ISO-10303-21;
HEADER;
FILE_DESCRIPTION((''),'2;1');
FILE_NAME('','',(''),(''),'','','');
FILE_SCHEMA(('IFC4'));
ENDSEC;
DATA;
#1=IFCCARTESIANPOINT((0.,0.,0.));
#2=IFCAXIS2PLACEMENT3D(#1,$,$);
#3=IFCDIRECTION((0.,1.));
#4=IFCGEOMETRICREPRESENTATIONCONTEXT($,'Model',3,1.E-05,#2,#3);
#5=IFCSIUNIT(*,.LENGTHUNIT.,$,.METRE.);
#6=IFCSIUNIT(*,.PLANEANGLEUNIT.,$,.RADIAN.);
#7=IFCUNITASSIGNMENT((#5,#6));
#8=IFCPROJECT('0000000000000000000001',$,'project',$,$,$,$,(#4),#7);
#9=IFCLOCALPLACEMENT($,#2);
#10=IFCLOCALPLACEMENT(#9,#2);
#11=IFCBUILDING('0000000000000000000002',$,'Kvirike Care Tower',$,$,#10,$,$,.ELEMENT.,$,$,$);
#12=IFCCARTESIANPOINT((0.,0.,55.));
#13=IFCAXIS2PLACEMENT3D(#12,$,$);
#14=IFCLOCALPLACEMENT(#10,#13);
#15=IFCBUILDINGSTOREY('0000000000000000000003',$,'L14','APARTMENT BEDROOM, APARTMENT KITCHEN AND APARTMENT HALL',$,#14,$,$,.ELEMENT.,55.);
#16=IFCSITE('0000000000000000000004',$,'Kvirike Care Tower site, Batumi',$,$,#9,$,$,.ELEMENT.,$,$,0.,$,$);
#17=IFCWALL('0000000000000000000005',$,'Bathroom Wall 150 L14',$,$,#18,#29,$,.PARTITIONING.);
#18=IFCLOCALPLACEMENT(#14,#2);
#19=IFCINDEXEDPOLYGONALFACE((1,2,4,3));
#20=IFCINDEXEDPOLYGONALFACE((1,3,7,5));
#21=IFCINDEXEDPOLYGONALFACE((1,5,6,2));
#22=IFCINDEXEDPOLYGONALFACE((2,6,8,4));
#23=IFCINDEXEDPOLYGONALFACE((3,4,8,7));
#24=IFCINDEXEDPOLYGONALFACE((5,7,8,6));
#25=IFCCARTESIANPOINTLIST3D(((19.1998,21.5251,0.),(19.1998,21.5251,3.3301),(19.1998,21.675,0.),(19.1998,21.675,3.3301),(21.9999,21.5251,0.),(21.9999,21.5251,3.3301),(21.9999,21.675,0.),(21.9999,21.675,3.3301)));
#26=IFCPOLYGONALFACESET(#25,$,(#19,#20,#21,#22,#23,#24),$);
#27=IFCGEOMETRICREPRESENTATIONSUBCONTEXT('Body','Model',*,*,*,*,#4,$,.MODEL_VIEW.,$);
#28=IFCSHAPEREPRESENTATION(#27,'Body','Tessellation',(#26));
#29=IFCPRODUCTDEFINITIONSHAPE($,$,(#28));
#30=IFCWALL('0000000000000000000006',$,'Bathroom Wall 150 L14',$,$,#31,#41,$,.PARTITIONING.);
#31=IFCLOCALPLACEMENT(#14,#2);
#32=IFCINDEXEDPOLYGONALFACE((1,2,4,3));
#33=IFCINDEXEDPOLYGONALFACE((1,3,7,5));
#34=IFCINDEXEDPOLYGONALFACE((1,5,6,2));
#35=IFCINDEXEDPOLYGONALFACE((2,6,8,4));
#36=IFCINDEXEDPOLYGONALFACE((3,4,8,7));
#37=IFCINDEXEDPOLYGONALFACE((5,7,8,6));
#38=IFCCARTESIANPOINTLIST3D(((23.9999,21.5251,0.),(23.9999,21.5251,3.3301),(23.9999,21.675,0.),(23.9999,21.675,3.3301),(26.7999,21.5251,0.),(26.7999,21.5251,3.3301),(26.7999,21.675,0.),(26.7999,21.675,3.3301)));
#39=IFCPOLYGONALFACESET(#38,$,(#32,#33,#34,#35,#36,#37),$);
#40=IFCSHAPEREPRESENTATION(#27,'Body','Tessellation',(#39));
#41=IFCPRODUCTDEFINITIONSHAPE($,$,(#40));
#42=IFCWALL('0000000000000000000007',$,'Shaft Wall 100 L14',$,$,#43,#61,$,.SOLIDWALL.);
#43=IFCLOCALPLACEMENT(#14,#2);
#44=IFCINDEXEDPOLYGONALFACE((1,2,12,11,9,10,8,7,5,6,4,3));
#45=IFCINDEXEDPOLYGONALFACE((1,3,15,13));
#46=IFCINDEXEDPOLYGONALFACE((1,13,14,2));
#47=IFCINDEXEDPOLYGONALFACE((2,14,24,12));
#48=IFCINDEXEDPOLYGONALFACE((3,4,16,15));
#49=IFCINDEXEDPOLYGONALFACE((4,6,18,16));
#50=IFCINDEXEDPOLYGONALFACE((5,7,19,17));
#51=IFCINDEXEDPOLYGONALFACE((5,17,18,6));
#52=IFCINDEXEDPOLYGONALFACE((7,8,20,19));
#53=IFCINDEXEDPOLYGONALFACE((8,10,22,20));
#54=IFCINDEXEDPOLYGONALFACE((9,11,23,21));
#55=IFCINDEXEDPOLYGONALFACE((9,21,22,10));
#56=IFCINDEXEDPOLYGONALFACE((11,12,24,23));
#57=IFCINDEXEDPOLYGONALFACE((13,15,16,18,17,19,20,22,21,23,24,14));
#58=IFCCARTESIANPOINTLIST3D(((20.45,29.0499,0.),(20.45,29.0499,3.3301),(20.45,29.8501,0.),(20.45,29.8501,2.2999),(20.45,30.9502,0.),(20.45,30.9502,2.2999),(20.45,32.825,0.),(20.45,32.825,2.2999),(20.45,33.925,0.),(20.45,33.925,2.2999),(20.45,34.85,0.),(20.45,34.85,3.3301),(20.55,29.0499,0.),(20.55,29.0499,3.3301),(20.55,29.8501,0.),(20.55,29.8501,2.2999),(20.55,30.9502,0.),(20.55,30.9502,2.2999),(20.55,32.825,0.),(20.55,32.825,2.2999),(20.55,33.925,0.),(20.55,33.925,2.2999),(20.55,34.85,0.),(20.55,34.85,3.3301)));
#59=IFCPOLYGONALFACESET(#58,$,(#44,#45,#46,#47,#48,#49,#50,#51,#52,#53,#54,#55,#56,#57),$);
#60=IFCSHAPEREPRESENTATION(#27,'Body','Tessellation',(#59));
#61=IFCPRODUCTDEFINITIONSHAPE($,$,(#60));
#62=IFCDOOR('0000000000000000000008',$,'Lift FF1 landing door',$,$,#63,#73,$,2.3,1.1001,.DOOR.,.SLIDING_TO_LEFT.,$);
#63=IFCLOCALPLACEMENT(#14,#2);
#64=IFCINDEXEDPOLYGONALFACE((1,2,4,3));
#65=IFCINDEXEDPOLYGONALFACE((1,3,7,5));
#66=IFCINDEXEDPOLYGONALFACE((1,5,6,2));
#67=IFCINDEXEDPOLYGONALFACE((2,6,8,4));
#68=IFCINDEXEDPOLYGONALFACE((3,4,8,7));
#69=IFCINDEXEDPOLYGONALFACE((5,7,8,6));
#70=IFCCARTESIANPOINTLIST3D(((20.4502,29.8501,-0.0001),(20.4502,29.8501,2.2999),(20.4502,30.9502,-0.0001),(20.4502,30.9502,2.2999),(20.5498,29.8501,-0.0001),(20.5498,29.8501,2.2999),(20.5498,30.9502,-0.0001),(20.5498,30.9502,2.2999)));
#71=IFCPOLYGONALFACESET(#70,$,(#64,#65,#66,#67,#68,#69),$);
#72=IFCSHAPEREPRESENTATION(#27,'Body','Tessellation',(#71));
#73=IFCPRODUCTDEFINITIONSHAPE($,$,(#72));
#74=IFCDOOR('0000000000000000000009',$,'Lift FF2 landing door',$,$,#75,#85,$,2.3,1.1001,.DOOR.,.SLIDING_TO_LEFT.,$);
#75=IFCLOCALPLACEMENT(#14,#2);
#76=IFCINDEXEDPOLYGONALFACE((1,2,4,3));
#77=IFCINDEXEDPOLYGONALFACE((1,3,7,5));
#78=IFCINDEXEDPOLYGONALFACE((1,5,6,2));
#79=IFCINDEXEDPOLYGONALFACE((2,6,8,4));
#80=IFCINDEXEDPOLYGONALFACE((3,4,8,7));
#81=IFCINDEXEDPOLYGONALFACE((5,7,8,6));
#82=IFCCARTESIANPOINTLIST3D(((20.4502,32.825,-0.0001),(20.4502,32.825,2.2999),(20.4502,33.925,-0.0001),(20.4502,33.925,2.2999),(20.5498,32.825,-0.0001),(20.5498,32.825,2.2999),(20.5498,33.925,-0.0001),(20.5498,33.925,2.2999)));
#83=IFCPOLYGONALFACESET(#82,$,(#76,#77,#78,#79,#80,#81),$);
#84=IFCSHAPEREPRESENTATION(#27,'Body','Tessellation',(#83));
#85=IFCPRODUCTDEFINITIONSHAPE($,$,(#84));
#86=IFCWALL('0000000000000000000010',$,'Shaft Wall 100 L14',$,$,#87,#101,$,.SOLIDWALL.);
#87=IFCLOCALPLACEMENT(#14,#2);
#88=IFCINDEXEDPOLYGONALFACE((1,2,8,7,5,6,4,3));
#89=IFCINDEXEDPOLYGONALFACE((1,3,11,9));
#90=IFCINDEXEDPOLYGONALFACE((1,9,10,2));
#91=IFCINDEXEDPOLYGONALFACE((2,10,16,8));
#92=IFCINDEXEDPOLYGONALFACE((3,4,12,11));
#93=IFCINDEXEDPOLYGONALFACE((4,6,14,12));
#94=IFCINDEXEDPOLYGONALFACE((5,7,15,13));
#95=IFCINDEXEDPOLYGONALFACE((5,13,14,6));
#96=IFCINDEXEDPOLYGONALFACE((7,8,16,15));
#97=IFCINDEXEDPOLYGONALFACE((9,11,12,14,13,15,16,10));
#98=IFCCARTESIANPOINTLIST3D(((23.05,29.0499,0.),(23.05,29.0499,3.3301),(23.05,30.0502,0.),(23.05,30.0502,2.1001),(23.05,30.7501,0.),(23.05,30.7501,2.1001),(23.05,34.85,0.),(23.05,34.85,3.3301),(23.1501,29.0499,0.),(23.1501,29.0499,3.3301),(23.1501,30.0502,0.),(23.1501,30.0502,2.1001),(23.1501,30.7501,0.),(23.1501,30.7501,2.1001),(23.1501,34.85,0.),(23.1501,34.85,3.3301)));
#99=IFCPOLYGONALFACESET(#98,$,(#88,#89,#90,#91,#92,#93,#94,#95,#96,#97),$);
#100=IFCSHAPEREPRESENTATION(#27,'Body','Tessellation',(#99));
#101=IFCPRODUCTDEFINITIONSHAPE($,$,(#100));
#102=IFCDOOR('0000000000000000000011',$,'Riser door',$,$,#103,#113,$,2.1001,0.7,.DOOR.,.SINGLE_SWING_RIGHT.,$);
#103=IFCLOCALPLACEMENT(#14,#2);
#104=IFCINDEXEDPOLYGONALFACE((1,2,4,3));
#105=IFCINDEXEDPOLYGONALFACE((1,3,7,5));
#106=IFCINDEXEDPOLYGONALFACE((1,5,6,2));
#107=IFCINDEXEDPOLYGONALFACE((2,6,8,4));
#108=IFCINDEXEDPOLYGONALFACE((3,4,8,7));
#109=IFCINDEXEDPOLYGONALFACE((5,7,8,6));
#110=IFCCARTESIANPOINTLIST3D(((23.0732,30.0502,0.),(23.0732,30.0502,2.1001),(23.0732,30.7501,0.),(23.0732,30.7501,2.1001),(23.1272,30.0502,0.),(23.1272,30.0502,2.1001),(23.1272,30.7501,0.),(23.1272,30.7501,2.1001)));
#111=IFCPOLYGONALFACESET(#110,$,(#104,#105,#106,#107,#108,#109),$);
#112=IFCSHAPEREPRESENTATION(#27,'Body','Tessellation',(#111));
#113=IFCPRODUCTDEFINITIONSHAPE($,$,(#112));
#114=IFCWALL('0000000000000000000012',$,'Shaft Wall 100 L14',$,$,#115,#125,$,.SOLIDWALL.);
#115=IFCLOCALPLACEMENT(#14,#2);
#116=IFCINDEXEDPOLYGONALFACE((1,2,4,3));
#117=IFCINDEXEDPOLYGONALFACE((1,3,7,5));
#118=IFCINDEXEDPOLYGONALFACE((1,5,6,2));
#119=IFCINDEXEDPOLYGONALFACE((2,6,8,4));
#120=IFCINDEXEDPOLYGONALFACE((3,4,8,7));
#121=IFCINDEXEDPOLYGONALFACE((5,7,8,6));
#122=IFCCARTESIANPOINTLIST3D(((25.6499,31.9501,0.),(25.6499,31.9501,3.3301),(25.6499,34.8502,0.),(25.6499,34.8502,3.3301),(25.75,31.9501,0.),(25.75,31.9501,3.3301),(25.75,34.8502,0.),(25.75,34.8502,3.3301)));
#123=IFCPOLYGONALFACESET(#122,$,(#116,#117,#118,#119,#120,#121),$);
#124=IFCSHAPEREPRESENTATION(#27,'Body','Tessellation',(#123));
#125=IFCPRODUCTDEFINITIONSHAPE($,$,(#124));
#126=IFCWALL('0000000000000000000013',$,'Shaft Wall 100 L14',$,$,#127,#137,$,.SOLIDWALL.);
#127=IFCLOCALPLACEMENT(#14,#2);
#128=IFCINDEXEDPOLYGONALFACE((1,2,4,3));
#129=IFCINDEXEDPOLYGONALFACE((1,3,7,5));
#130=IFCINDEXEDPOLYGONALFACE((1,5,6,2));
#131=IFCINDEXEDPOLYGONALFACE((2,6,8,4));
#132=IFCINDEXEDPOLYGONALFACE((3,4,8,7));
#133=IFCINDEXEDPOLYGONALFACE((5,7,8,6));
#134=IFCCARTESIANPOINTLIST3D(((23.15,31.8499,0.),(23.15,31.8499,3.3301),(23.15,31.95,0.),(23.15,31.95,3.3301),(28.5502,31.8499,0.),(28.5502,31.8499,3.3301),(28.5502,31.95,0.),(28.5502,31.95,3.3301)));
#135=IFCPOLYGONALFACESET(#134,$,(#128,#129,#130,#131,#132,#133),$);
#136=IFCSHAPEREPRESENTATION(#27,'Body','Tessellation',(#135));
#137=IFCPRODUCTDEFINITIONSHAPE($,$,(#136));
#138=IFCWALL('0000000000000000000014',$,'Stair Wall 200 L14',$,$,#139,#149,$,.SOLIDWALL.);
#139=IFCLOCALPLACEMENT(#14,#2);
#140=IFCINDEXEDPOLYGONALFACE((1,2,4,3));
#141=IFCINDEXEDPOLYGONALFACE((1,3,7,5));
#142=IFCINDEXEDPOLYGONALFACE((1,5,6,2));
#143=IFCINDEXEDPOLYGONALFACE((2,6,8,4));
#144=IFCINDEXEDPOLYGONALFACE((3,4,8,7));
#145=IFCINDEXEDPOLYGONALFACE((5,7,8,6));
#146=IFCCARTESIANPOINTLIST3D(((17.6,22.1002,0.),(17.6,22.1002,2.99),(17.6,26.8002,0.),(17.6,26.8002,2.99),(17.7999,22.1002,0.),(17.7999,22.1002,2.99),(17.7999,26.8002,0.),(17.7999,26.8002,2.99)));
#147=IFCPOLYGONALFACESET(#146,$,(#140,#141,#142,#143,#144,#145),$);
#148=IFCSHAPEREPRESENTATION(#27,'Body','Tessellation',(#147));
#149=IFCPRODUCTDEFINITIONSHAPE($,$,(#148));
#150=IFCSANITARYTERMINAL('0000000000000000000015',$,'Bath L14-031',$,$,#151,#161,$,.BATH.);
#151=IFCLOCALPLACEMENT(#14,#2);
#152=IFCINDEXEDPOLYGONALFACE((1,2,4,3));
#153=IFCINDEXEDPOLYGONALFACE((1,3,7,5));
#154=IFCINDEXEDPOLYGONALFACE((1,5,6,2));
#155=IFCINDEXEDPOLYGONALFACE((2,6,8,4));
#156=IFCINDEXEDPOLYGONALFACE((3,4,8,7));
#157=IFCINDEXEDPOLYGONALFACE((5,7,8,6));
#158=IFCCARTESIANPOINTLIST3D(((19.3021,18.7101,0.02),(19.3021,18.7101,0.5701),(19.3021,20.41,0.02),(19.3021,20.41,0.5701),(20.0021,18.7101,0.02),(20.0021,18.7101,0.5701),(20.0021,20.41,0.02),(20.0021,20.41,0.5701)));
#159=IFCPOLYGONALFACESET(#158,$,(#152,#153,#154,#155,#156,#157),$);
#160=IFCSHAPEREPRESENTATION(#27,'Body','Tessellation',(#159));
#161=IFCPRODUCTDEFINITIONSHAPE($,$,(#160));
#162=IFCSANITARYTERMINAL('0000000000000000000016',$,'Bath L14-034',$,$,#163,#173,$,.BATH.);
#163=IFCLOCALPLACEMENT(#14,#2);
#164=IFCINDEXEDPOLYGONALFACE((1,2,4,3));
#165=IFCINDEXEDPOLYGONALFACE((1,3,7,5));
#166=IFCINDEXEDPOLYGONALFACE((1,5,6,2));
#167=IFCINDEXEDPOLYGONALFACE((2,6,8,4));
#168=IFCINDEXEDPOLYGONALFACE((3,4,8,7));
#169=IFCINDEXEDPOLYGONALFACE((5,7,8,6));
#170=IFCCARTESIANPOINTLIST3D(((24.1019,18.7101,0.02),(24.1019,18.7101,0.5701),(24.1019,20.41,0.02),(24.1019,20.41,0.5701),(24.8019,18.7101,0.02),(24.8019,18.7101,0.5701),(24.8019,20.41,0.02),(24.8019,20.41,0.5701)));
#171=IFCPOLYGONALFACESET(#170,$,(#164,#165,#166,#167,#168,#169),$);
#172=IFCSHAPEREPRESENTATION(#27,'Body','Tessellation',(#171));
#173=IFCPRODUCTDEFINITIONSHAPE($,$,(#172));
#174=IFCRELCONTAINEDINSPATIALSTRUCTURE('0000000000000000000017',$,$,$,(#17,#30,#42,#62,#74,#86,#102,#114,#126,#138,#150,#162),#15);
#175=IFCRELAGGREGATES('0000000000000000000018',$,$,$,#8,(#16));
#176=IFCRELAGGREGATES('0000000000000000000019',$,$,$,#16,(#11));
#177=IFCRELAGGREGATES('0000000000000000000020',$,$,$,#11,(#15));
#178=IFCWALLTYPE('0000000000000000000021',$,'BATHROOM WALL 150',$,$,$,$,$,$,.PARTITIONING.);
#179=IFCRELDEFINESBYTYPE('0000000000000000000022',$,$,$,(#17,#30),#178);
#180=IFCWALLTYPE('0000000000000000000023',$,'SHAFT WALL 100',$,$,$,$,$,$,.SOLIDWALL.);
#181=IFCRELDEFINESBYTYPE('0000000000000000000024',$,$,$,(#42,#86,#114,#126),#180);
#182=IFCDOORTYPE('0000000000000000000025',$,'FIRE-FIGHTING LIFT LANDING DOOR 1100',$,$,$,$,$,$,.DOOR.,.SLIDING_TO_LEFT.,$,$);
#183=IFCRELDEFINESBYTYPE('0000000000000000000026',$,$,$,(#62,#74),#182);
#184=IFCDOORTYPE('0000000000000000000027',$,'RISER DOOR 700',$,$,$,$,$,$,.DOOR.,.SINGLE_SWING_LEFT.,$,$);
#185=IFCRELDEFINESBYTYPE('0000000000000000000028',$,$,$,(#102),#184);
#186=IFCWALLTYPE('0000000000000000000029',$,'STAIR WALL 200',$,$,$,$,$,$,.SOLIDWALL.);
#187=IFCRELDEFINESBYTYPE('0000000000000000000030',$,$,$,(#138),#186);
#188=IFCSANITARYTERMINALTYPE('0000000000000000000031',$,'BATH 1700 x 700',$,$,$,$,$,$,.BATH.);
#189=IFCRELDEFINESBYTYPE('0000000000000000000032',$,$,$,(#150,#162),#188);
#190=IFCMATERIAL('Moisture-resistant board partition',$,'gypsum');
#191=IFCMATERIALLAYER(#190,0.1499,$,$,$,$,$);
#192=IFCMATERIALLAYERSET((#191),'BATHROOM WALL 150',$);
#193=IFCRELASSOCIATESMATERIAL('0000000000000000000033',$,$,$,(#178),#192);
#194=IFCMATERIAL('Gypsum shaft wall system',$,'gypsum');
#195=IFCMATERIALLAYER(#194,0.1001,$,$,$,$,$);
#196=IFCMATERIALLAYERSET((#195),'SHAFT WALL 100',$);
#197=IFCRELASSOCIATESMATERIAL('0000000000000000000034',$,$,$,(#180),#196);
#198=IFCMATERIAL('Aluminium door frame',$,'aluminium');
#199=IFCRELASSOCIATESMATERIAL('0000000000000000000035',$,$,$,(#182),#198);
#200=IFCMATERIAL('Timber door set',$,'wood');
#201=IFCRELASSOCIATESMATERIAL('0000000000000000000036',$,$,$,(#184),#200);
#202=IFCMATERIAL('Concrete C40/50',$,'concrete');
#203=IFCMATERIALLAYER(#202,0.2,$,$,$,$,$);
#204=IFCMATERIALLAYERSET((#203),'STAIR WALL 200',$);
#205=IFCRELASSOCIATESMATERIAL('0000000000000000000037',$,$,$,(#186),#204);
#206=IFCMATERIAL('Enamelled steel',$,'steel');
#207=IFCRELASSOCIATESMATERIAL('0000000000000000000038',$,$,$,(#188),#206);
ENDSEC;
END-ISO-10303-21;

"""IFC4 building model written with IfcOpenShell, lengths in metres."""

from ifc_helpers import new_model, si_unit, direction, frame, frame_2d, origin, origin_2d, place, context, subcontext, project, spatial, rectangle, extrude, material, layer, layer_set, type_object, element, fill, save


model = new_model("IFC4")

# Units and contexts
model_context = context("Model", 3, precision=1e-05, world=origin(), true_north=direction((0.0, 1.0)))
body_context = subcontext(model_context, "Body", "Model", "MODEL_VIEW")
ifc_project = project(units=[si_unit("LENGTHUNIT", "METRE"), si_unit("PLANEANGLEUNIT", "RADIAN")], contexts=[model_context])

# Site, building, storey
site_placement = place(None, origin())
site = spatial("IfcSite", under=ifc_project, at=site_placement, Name="Kvirike Care Tower site, Batumi", CompositionType="ELEMENT", RefElevation=0.0)
building_placement = place(site_placement, origin())
building = spatial("IfcBuilding", under=site, at=building_placement, Name="Kvirike Care Tower", CompositionType="ELEMENT")
storey_placement = place(building_placement, frame((0.0, 0.0, 55.0)))
storey = spatial("IfcBuildingStorey", under=building, at=storey_placement, Name="L14", Description="APARTMENT BEDROOM, APARTMENT KITCHEN AND APARTMENT HALL", CompositionType="ELEMENT", Elevation=55.0)

# Walls
ifc_material_1 = material(Name="Moisture-resistant board partition", Category="gypsum")
ifc_layer_1 = layer(ifc_material_1, 0.1499)
ifc_layer_set_1 = layer_set([ifc_layer_1], Name="BATHROOM WALL 150")
wall_type_1 = type_object("IfcWallType", Name="BATHROOM WALL 150", PredefinedType="PARTITIONING", material=ifc_layer_set_1)
for number, where, z_axis, x_axis, name in (
    (1, (19.2, 21.6001, 0.0), (0.0, 0.0, 1.0), (1.0, 0.0, 0.0), "Bathroom Wall 150 L14"),
    (2, (24.0, 21.6001, 0.0), (0.0, 0.0, 1.0), (1.0, 0.0, 0.0), "Bathroom Wall 150 L14"),
):
    element("IfcWall", number, at=place(storey_placement, frame(where, z_axis=z_axis, x_axis=x_axis)), inside=storey, type_object=wall_type_1, Name=name, PredefinedType="PARTITIONING", context=body_context, shape_type="SweptSolid", body=[
        extrude(rectangle(XDim=2.8, YDim=0.1499, at=frame_2d((1.3999, 0.0))), origin(), (0.0, 0.0, 1.0), 3.3301),
    ])

# Wall, openings, doors
ifc_material_2 = material(Name="Gypsum shaft wall system", Category="gypsum")
ifc_layer_2 = layer(ifc_material_2, 0.1001)
ifc_layer_set_2 = layer_set([ifc_layer_2], Name="SHAFT WALL 100")
wall_type_2 = type_object("IfcWallType", Name="SHAFT WALL 100", PredefinedType="SOLIDWALL", material=ifc_layer_set_2)
wall_1_placement = place(storey_placement, frame((20.5, 29.05, 0.0), z_axis=(0.0, 0.0, 1.0), x_axis=(0.0, 1.0, 0.0)))
wall_1 = element("IfcWall", 3, at=wall_1_placement, inside=storey, type_object=wall_type_2, Name="Shaft Wall 100 L14", PredefinedType="SOLIDWALL", context=body_context, shape_type="SweptSolid", body=[
    extrude(rectangle(XDim=5.8, YDim=0.1001, at=frame_2d((2.8999, 0.0))), origin(), (0.0, 0.0, 1.0), 3.3301),
])
opening_1_placement = place(wall_1_placement, frame((0.8, 0.0, 0.0)))
opening_1 = element("IfcOpeningElement", 4, at=opening_1_placement, cuts=wall_1, PredefinedType="OPENING", context=body_context, shape_type="SweptSolid", body=[
    extrude(rectangle(XDim=1.1001, YDim=2.3, at=frame_2d((0.55, 1.1499))), frame((0.0, 0.0605, 0.0), z_axis=(0.0, -1.0, 0.0), x_axis=(1.0, 0.0, 0.0)), (0.0, 0.0, 1.0), 0.1211),
])
opening_2_placement = place(wall_1_placement, frame((3.7749, 0.0, 0.0)))
opening_2 = element("IfcOpeningElement", 5, at=opening_2_placement, cuts=wall_1, PredefinedType="OPENING", context=body_context, shape_type="SweptSolid", body=[
    extrude(rectangle(XDim=1.1001, YDim=2.3, at=frame_2d((0.55, 1.1499))), frame((0.0, 0.0605, 0.0), z_axis=(0.0, -1.0, 0.0), x_axis=(1.0, 0.0, 0.0)), (0.0, 0.0, 1.0), 0.1211),
])
ifc_material_3 = material(Name="Aluminium door frame", Category="aluminium")
door_type_1 = type_object("IfcDoorType", Name="FIRE-FIGHTING LIFT LANDING DOOR 1100", OperationType="SLIDING_TO_LEFT", PredefinedType="DOOR", material=ifc_material_3)
door_1_placement = place(opening_1_placement, origin())
door_1 = element("IfcDoor", 6, at=door_1_placement, inside=storey, type_object=door_type_1, Name="Lift FF1 landing door", OperationType="SLIDING_TO_LEFT", OverallHeight=2.3, OverallWidth=1.1001, PredefinedType="DOOR", context=body_context, shape_type="SweptSolid", body=[
    extrude(rectangle(XDim=1.1001, YDim=2.3, at=frame_2d((0.55, 1.1499))), frame((0.0, 0.0498, 0.0), z_axis=(0.0, -1.0, 0.0), x_axis=(1.0, 0.0, 0.0)), (0.0, 0.0, 1.0), 0.0996),
])
fill(opening_1, door_1)
door_2_placement = place(opening_2_placement, origin())
door_2 = element("IfcDoor", 7, at=door_2_placement, inside=storey, type_object=door_type_1, Name="Lift FF2 landing door", OperationType="SLIDING_TO_LEFT", OverallHeight=2.3, OverallWidth=1.1001, PredefinedType="DOOR", context=body_context, shape_type="SweptSolid", body=[
    extrude(rectangle(XDim=1.1001, YDim=2.3, at=frame_2d((0.55, 1.1499))), frame((0.0, 0.0498, 0.0), z_axis=(0.0, -1.0, 0.0), x_axis=(1.0, 0.0, 0.0)), (0.0, 0.0, 1.0), 0.0996),
])
fill(opening_2, door_2)

# Wall, opening, door
wall_2_placement = place(storey_placement, frame((23.1001, 29.05, 0.0), z_axis=(0.0, 0.0, 1.0), x_axis=(0.0, 1.0, 0.0)))
wall_2 = element("IfcWall", 8, at=wall_2_placement, inside=storey, type_object=wall_type_2, Name="Shaft Wall 100 L14", PredefinedType="SOLIDWALL", context=body_context, shape_type="SweptSolid", body=[
    extrude(rectangle(XDim=5.8, YDim=0.1001, at=frame_2d((2.8999, 0.0))), origin(), (0.0, 0.0, 1.0), 3.3301),
])
opening_3_placement = place(wall_2_placement, frame((1.0, 0.0, 0.0)))
opening_3 = element("IfcOpeningElement", 9, at=opening_3_placement, cuts=wall_2, PredefinedType="OPENING", context=body_context, shape_type="SweptSolid", body=[
    extrude(rectangle(XDim=0.7, YDim=2.1001, at=frame_2d((0.3501, 1.05))), frame((0.0, 0.0605, 0.0), z_axis=(0.0, -1.0, 0.0), x_axis=(1.0, 0.0, 0.0)), (0.0, 0.0, 1.0), 0.1211),
])
ifc_material_4 = material(Name="Timber door set", Category="wood")
door_type_2 = type_object("IfcDoorType", Name="RISER DOOR 700", OperationType="SINGLE_SWING_LEFT", PredefinedType="DOOR", material=ifc_material_4)
door_3_placement = place(opening_3_placement, origin())
door_3 = element("IfcDoor", 10, at=door_3_placement, inside=storey, type_object=door_type_2, Name="Riser door", OperationType="SINGLE_SWING_RIGHT", OverallHeight=2.1001, OverallWidth=0.7, PredefinedType="DOOR", context=body_context, shape_type="SweptSolid", body=[
    extrude(rectangle(XDim=0.7, YDim=2.1001, at=frame_2d((0.3501, 1.05))), frame((0.0, 0.0269, 0.0), z_axis=(0.0, -1.0, 0.0), x_axis=(1.0, 0.0, 0.0)), (0.0, 0.0, 1.0), 0.054),
])
fill(opening_3, door_3)

# Walls
wall_3_placement = place(storey_placement, frame((25.7, 31.95, 0.0), z_axis=(0.0, 0.0, 1.0), x_axis=(0.0, 1.0, 0.0)))
element("IfcWall", 11, at=wall_3_placement, inside=storey, type_object=wall_type_2, Name="Shaft Wall 100 L14", PredefinedType="SOLIDWALL", context=body_context, shape_type="SweptSolid", body=[
    extrude(rectangle(XDim=2.9001, YDim=0.1001, at=frame_2d((1.4502, 0.0))), origin(), (0.0, 0.0, 1.0), 3.3301),
])
wall_4_placement = place(storey_placement, frame((23.1499, 31.8999, 0.0), z_axis=(0.0, 0.0, 1.0), x_axis=(1.0, 0.0, 0.0)))
element("IfcWall", 12, at=wall_4_placement, inside=storey, type_object=wall_type_2, Name="Shaft Wall 100 L14", PredefinedType="SOLIDWALL", context=body_context, shape_type="SweptSolid", body=[
    extrude(rectangle(XDim=5.4001, YDim=0.1001, at=frame_2d((2.7002, 0.0))), origin(), (0.0, 0.0, 1.0), 3.3301),
])
ifc_material_5 = material(Name="Concrete C40/50", Category="concrete")
ifc_layer_3 = layer(ifc_material_5, 0.2)
ifc_layer_set_3 = layer_set([ifc_layer_3], Name="STAIR WALL 200")
wall_type_3 = type_object("IfcWallType", Name="STAIR WALL 200", PredefinedType="SOLIDWALL", material=ifc_layer_set_3)
wall_5_placement = place(storey_placement, frame((17.7, 22.1001, 0.0), z_axis=(0.0, 0.0, 1.0), x_axis=(0.0, 1.0, 0.0)))
element("IfcWall", 13, at=wall_5_placement, inside=storey, type_object=wall_type_3, Name="Stair Wall 200 L14", PredefinedType="SOLIDWALL", context=body_context, shape_type="SweptSolid", body=[
    extrude(rectangle(XDim=4.7, YDim=0.2, at=frame_2d((2.3501, 0.0))), origin(), (0.0, 0.0, 1.0), 2.99),
])

# Sanitary terminals
ifc_material_6 = material(Name="Enamelled steel", Category="steel")
sanitary_terminal_type_1 = type_object("IfcSanitaryTerminalType", Name="BATH 1700 x 700", PredefinedType="BATH", material=ifc_material_6)
for number, where, z_axis, x_axis, name in (
    (14, (19.6521, 19.5601, 0.02), (0.0, 0.0, 1.0), (0.0, 1.0, 0.0), "Bath L14-031"),
    (15, (24.4519, 19.5601, 0.02), (0.0, 0.0, 1.0), (0.0, 1.0, 0.0), "Bath L14-034"),
):
    element("IfcSanitaryTerminal", number, at=place(storey_placement, frame(where, z_axis=z_axis, x_axis=x_axis)), inside=storey, type_object=sanitary_terminal_type_1, Name=name, PredefinedType="BATH", context=body_context, shape_type="SweptSolid", body=[
        extrude(rectangle(XDim=1.7, YDim=0.7, at=origin_2d()), origin(), (0.0, 0.0, 1.0), 0.55),
    ])

save(model, "model.ifc")
